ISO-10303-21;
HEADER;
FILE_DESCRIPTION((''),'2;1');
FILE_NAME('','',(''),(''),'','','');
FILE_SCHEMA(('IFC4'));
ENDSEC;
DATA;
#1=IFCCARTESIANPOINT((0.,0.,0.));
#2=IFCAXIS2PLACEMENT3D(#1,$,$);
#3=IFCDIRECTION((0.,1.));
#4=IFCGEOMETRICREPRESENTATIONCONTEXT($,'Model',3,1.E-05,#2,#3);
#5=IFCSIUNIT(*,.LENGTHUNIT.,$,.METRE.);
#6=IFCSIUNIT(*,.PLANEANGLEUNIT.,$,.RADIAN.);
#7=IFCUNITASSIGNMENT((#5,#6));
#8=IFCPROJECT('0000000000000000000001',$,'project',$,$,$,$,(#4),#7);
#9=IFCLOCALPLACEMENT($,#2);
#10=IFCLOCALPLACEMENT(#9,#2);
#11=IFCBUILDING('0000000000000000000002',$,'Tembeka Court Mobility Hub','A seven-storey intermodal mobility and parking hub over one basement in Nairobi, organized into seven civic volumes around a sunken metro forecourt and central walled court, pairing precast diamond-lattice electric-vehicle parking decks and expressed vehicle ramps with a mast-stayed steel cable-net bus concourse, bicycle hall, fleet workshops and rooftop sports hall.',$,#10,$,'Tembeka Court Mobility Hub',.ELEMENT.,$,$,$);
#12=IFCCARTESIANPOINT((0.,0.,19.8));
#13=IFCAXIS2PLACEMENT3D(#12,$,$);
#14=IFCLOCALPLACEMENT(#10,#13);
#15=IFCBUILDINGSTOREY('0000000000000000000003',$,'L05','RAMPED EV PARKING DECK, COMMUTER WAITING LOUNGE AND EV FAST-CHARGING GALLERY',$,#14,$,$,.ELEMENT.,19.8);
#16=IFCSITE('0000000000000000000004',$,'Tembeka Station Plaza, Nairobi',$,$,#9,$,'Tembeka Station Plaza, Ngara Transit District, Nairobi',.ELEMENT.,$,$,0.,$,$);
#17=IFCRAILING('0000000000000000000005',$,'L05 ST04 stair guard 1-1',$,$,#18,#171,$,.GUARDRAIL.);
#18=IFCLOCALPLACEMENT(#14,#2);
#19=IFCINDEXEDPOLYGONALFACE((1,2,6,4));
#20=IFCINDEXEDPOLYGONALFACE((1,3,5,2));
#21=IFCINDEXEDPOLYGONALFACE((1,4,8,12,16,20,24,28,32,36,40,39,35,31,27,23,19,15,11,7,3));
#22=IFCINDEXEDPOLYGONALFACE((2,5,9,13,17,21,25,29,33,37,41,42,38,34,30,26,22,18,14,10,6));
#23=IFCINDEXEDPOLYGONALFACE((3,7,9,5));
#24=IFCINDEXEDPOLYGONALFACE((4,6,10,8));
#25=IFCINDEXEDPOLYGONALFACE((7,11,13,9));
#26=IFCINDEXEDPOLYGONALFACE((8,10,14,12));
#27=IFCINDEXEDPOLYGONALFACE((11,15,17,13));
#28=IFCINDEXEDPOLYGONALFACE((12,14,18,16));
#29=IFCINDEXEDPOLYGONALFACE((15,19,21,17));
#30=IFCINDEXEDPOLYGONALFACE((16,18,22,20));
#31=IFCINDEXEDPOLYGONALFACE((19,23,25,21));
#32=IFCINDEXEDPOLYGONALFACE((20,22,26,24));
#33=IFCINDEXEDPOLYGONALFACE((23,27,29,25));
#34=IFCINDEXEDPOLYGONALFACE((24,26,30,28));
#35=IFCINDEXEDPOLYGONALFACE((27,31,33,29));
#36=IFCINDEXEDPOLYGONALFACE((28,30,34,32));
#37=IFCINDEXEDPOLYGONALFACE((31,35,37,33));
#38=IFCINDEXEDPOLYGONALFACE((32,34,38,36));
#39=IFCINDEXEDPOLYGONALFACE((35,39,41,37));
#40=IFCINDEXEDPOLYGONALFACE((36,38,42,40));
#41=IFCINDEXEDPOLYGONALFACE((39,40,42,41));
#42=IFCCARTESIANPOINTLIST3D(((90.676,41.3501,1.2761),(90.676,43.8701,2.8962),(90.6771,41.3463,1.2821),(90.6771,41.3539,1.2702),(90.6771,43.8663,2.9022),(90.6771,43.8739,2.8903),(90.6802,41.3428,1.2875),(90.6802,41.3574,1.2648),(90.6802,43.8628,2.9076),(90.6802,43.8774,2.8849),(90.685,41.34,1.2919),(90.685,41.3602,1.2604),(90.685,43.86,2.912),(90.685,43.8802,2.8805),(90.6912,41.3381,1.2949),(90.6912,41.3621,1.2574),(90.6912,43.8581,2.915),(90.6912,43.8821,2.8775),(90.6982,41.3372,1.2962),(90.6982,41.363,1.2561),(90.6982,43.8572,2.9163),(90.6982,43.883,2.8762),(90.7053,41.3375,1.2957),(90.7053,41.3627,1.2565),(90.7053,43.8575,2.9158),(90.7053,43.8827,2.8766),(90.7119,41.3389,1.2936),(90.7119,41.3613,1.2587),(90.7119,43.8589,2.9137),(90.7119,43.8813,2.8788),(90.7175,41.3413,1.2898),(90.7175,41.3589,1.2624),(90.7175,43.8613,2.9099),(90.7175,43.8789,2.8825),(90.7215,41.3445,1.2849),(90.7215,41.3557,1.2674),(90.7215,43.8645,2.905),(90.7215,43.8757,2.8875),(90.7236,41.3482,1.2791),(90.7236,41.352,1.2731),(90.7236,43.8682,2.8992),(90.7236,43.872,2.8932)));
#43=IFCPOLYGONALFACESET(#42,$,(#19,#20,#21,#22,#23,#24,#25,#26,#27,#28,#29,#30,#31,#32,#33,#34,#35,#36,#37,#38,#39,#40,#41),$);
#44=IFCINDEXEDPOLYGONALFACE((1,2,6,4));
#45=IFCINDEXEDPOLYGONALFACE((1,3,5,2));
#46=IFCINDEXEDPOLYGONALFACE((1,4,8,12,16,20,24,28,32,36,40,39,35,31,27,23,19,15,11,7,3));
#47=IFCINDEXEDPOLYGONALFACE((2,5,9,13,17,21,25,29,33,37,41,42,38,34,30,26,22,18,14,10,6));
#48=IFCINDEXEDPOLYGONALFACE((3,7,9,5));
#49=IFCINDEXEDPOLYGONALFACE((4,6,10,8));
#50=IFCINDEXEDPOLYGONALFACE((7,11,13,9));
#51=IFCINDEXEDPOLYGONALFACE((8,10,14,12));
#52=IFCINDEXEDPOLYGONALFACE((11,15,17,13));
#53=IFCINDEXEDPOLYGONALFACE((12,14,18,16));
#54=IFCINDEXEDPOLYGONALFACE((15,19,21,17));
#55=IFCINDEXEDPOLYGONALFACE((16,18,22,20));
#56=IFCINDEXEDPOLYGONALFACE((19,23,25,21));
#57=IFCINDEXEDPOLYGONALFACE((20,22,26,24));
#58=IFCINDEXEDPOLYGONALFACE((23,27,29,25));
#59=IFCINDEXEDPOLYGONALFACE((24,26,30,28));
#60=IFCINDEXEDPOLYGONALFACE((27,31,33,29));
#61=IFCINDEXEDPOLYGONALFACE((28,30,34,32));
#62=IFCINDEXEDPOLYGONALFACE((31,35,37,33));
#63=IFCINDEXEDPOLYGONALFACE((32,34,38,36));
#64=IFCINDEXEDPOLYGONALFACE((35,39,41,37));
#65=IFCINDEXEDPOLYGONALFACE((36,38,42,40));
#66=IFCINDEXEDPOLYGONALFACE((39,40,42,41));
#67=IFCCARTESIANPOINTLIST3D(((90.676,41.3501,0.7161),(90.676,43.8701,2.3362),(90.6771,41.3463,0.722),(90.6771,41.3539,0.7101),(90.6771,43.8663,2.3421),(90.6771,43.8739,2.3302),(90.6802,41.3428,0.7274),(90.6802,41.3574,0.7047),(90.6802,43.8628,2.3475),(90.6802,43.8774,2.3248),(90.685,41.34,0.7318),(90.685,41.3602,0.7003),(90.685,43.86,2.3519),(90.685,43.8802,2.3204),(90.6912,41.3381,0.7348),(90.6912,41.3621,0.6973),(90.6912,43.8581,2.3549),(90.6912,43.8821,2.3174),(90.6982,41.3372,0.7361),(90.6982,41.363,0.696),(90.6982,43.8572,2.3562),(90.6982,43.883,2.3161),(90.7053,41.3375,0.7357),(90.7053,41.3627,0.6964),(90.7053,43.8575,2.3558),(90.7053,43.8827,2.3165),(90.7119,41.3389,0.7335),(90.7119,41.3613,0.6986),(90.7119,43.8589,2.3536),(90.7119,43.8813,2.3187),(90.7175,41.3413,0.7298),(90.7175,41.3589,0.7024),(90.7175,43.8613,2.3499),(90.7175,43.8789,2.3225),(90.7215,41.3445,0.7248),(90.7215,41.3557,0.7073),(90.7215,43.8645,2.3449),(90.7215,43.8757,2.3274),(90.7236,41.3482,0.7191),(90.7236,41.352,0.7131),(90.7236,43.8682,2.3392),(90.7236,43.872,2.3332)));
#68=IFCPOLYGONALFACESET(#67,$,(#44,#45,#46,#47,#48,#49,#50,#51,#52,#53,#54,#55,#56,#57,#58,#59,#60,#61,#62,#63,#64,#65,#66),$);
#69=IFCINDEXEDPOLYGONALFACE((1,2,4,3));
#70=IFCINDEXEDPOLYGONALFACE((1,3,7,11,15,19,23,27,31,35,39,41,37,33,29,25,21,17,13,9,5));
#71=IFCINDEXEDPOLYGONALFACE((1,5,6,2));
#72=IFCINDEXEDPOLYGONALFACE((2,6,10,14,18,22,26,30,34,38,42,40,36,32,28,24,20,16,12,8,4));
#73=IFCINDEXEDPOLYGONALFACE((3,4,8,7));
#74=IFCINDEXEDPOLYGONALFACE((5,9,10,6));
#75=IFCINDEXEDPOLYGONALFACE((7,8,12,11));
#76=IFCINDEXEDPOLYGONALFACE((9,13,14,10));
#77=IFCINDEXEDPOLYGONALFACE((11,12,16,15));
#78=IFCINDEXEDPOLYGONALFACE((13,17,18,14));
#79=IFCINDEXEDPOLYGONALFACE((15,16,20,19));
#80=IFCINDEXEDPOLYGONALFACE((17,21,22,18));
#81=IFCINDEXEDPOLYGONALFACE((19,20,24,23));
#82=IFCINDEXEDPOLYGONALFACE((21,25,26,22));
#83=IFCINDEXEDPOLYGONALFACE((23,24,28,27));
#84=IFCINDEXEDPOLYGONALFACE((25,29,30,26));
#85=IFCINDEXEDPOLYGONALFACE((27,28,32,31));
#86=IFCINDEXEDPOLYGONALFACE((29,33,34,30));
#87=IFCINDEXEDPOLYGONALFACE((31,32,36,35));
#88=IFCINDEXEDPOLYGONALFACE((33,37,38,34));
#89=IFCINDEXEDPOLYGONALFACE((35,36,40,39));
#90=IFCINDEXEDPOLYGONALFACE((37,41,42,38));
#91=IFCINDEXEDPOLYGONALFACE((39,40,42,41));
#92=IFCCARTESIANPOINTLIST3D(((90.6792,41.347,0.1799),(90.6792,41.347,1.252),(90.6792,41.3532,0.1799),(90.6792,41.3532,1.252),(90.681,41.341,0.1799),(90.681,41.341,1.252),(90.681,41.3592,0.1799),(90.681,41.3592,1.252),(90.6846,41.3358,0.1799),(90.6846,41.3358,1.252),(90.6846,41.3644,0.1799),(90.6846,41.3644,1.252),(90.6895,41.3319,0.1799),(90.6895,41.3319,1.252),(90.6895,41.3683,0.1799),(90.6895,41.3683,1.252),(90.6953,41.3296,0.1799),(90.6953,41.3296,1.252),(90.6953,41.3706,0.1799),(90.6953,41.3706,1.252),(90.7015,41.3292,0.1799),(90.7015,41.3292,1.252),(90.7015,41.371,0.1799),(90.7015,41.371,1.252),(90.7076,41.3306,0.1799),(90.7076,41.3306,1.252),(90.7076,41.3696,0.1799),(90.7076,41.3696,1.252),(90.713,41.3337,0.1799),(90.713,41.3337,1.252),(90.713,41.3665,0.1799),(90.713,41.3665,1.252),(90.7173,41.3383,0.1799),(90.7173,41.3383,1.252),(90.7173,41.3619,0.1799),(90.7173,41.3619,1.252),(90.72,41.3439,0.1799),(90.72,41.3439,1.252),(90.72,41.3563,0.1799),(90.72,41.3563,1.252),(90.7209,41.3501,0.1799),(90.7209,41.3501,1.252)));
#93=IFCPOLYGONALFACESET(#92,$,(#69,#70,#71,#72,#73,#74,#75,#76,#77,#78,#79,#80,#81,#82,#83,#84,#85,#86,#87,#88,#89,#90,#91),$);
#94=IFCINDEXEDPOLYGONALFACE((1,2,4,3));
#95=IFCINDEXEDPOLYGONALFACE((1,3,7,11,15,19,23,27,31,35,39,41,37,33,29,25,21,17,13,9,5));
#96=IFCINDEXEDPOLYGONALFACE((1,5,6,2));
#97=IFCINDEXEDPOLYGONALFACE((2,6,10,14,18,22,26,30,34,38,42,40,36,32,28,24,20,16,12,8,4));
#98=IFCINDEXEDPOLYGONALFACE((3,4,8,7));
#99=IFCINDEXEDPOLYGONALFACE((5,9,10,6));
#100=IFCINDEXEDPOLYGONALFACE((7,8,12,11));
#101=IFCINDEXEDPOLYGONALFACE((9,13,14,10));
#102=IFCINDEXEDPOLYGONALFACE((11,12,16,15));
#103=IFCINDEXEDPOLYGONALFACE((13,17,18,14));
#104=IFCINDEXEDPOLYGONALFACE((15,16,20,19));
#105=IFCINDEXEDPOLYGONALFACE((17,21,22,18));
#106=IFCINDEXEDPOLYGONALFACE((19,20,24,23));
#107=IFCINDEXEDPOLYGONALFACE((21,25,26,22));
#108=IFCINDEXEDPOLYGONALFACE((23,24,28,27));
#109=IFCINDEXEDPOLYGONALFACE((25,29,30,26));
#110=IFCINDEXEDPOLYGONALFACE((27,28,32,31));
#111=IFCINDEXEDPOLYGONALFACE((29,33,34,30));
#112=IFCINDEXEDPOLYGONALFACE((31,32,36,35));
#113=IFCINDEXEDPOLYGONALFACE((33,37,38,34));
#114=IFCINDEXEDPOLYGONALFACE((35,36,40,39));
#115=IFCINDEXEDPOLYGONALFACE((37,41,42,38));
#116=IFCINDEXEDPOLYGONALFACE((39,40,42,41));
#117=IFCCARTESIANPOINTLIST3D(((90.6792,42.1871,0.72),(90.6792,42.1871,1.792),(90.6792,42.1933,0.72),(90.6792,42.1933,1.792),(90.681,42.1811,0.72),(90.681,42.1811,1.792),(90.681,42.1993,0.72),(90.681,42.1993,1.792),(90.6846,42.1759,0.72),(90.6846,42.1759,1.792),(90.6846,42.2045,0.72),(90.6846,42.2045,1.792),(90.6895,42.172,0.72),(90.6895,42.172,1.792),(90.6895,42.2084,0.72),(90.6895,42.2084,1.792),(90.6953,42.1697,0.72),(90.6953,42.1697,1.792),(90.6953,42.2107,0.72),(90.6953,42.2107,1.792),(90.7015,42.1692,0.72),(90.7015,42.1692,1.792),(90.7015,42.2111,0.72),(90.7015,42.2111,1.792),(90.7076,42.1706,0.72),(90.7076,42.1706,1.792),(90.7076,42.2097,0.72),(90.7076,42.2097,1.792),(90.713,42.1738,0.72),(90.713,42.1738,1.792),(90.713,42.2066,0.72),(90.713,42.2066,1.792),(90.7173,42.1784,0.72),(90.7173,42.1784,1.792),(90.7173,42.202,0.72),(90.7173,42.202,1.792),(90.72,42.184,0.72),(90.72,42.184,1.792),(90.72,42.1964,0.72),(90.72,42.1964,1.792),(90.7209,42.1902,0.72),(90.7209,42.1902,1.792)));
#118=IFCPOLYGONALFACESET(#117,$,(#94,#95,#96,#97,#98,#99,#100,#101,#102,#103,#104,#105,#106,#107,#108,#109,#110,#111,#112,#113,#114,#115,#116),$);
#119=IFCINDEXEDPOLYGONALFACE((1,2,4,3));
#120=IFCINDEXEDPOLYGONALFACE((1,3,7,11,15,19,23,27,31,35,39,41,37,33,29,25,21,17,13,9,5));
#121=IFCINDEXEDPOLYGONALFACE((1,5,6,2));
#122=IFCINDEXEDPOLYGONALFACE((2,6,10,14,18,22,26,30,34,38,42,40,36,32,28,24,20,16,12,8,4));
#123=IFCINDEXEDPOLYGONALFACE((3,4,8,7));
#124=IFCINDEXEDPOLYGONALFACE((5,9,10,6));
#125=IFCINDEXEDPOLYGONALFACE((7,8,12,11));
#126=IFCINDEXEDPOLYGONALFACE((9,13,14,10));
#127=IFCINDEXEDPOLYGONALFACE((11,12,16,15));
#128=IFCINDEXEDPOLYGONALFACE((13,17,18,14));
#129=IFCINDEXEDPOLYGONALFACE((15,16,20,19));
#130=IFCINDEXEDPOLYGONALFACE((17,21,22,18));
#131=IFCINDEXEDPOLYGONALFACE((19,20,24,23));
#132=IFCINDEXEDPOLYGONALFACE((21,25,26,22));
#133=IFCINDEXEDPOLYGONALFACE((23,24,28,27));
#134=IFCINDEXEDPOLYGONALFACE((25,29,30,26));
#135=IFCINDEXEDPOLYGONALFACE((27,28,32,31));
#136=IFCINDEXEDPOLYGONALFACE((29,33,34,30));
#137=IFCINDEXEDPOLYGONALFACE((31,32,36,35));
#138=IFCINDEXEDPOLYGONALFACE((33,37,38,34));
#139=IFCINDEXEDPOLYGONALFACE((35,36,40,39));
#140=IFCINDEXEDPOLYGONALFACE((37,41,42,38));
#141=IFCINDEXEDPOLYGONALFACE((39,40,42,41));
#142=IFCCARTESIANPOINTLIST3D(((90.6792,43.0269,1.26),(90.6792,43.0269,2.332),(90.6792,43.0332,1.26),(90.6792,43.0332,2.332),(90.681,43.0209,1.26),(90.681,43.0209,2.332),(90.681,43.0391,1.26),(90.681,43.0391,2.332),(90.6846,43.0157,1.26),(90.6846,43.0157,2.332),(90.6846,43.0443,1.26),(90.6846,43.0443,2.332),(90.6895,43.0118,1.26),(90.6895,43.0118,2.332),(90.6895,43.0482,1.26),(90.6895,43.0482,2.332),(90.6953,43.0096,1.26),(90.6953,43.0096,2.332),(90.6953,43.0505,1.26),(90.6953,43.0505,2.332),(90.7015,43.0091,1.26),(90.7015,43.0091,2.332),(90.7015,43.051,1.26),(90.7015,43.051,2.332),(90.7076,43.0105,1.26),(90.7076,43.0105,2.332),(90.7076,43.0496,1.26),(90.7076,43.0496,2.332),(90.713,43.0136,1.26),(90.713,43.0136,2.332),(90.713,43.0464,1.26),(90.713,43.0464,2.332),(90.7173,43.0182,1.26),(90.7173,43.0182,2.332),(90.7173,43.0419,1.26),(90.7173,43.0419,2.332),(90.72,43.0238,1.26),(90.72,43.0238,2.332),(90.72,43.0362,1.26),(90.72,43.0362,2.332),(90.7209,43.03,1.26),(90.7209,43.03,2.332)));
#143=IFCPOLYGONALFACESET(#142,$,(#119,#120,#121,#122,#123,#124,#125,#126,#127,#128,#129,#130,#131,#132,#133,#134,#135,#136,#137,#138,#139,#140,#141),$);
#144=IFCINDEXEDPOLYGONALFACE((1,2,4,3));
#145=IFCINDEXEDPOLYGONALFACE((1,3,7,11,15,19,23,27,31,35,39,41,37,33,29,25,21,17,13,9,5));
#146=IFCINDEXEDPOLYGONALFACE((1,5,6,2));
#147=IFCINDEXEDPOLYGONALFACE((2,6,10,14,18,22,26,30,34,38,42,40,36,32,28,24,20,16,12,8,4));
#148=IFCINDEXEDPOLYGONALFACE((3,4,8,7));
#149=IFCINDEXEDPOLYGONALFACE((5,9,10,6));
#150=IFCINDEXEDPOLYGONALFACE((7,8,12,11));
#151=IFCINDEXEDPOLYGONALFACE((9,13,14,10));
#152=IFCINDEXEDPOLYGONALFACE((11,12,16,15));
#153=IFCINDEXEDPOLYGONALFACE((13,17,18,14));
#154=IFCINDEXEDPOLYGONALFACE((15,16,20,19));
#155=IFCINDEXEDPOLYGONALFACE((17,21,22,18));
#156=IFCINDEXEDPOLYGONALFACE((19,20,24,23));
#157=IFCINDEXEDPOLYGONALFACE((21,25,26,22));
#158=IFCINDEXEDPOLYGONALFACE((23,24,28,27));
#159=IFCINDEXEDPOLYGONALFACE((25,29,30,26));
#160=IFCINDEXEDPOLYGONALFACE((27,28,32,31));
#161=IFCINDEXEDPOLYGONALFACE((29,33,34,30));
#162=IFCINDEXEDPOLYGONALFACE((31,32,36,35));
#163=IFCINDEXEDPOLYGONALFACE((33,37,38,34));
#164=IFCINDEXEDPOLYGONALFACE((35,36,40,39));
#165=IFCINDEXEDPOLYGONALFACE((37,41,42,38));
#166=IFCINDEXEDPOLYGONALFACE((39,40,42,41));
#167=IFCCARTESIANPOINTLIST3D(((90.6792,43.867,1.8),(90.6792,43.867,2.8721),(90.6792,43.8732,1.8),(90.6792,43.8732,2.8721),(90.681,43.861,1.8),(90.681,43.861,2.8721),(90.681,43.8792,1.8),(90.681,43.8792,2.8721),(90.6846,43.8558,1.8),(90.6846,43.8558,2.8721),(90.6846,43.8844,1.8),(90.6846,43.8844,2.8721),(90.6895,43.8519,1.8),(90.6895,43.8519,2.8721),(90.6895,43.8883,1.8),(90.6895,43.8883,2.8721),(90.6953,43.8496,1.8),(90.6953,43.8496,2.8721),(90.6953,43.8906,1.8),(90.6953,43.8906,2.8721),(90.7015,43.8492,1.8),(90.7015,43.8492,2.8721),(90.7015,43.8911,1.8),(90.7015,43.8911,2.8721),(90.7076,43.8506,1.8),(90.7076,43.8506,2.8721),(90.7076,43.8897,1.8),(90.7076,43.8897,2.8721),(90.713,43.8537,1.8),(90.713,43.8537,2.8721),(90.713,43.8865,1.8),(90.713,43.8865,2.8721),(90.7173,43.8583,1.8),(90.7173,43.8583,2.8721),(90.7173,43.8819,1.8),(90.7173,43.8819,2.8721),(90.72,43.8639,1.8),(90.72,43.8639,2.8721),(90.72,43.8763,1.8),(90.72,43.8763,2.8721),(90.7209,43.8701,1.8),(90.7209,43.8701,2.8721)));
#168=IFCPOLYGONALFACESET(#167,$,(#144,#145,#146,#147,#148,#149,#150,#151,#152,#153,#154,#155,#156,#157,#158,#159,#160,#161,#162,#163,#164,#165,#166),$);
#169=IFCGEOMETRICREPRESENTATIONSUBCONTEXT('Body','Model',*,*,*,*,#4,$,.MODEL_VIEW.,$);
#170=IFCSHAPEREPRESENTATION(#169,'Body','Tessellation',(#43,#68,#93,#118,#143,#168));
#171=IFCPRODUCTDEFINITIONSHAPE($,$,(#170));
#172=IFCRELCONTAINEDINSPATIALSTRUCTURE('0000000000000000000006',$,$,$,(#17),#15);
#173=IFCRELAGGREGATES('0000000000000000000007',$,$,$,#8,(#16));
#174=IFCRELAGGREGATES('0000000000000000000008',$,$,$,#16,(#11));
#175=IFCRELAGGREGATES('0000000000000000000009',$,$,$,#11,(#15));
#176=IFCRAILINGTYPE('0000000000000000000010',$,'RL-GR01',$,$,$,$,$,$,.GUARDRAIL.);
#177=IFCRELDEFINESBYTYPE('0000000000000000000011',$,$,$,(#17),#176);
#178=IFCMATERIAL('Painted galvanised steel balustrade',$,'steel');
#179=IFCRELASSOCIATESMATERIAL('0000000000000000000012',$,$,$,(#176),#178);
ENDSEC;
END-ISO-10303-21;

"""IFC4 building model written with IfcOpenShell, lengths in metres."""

from ifc_helpers import new_model, si_unit, direction, frame, origin, origin_2d, place, context, subcontext, project, spatial, circle, extrude, material, type_object, element, save


model = new_model("IFC4")

# Units and contexts
model_context = context("Model", 3, precision=1e-05, world=origin(), true_north=direction((0.0, 1.0)))
body_context = subcontext(model_context, "Body", "Model", "MODEL_VIEW")
ifc_project = project(units=[si_unit("LENGTHUNIT", "METRE"), si_unit("PLANEANGLEUNIT", "RADIAN")], contexts=[model_context])

# Site, building, storey
site_placement = place(None, origin())
site = spatial("IfcSite", under=ifc_project, at=site_placement, Name="Tembeka Station Plaza, Nairobi", LongName="Tembeka Station Plaza, Ngara Transit District, Nairobi", CompositionType="ELEMENT", RefElevation=0.0)
building_placement = place(site_placement, origin())
building = spatial("IfcBuilding", under=site, at=building_placement, Name="Tembeka Court Mobility Hub", Description="A seven-storey intermodal mobility and parking hub over one basement in Nairobi, organized into seven civic volumes around a sunken metro forecourt and central walled court, pairing precast diamond-lattice electric-vehicle parking decks and expressed vehicle ramps with a mast-stayed steel cable-net bus concourse, bicycle hall, fleet workshops and rooftop sports hall.", LongName="Tembeka Court Mobility Hub", CompositionType="ELEMENT")
storey_placement = place(building_placement, frame((0.0, 0.0, 19.8)))
storey = spatial("IfcBuildingStorey", under=building, at=storey_placement, Name="L05", Description="RAMPED EV PARKING DECK, COMMUTER WAITING LOUNGE AND EV FAST-CHARGING GALLERY", CompositionType="ELEMENT", Elevation=19.8)

# Railing
ifc_material_1 = material(Name="Painted galvanised steel balustrade", Category="steel")
railing_type_1 = type_object("IfcRailingType", Name="RL-GR01", PredefinedType="GUARDRAIL", material=ifc_material_1)
railing_1_placement = place(storey_placement, frame((90.7, 41.3501, 0.1799)))
element("IfcRailing", 1, at=railing_1_placement, inside=storey, type_object=railing_type_1, Name="L05 ST04 stair guard 1-1", PredefinedType="GUARDRAIL", context=body_context, shape_type="SweptSolid", body=[
    extrude(circle(Radius=0.0239, at=origin_2d()), frame((0.0, 0.0, 1.0962), z_axis=(0.0, 0.841163, 0.540782), x_axis=(-1.0, 0.0, 0.0)), (0.0, 0.0, 1.0), 2.9958),
    extrude(circle(Radius=0.0239, at=origin_2d()), frame((0.0, 0.0, 0.5361), z_axis=(0.0, 0.841163, 0.540782), x_axis=(-1.0, 0.0, 0.0)), (0.0, 0.0, 1.0), 2.9958),
    extrude(circle(Radius=0.021, at=origin_2d()), origin(), (0.0, 0.0, 1.0), 1.072),
    extrude(circle(Radius=0.021, at=origin_2d()), frame((0.0, 0.8401, 0.54)), (0.0, 0.0, 1.0), 1.072),
    extrude(circle(Radius=0.021, at=origin_2d()), frame((0.0, 1.6799, 1.0801)), (0.0, 0.0, 1.0), 1.072),
    extrude(circle(Radius=0.021, at=origin_2d()), frame((0.0, 2.52, 1.6201)), (0.0, 0.0, 1.0), 1.072),
])

save(model, "model.ifc")
